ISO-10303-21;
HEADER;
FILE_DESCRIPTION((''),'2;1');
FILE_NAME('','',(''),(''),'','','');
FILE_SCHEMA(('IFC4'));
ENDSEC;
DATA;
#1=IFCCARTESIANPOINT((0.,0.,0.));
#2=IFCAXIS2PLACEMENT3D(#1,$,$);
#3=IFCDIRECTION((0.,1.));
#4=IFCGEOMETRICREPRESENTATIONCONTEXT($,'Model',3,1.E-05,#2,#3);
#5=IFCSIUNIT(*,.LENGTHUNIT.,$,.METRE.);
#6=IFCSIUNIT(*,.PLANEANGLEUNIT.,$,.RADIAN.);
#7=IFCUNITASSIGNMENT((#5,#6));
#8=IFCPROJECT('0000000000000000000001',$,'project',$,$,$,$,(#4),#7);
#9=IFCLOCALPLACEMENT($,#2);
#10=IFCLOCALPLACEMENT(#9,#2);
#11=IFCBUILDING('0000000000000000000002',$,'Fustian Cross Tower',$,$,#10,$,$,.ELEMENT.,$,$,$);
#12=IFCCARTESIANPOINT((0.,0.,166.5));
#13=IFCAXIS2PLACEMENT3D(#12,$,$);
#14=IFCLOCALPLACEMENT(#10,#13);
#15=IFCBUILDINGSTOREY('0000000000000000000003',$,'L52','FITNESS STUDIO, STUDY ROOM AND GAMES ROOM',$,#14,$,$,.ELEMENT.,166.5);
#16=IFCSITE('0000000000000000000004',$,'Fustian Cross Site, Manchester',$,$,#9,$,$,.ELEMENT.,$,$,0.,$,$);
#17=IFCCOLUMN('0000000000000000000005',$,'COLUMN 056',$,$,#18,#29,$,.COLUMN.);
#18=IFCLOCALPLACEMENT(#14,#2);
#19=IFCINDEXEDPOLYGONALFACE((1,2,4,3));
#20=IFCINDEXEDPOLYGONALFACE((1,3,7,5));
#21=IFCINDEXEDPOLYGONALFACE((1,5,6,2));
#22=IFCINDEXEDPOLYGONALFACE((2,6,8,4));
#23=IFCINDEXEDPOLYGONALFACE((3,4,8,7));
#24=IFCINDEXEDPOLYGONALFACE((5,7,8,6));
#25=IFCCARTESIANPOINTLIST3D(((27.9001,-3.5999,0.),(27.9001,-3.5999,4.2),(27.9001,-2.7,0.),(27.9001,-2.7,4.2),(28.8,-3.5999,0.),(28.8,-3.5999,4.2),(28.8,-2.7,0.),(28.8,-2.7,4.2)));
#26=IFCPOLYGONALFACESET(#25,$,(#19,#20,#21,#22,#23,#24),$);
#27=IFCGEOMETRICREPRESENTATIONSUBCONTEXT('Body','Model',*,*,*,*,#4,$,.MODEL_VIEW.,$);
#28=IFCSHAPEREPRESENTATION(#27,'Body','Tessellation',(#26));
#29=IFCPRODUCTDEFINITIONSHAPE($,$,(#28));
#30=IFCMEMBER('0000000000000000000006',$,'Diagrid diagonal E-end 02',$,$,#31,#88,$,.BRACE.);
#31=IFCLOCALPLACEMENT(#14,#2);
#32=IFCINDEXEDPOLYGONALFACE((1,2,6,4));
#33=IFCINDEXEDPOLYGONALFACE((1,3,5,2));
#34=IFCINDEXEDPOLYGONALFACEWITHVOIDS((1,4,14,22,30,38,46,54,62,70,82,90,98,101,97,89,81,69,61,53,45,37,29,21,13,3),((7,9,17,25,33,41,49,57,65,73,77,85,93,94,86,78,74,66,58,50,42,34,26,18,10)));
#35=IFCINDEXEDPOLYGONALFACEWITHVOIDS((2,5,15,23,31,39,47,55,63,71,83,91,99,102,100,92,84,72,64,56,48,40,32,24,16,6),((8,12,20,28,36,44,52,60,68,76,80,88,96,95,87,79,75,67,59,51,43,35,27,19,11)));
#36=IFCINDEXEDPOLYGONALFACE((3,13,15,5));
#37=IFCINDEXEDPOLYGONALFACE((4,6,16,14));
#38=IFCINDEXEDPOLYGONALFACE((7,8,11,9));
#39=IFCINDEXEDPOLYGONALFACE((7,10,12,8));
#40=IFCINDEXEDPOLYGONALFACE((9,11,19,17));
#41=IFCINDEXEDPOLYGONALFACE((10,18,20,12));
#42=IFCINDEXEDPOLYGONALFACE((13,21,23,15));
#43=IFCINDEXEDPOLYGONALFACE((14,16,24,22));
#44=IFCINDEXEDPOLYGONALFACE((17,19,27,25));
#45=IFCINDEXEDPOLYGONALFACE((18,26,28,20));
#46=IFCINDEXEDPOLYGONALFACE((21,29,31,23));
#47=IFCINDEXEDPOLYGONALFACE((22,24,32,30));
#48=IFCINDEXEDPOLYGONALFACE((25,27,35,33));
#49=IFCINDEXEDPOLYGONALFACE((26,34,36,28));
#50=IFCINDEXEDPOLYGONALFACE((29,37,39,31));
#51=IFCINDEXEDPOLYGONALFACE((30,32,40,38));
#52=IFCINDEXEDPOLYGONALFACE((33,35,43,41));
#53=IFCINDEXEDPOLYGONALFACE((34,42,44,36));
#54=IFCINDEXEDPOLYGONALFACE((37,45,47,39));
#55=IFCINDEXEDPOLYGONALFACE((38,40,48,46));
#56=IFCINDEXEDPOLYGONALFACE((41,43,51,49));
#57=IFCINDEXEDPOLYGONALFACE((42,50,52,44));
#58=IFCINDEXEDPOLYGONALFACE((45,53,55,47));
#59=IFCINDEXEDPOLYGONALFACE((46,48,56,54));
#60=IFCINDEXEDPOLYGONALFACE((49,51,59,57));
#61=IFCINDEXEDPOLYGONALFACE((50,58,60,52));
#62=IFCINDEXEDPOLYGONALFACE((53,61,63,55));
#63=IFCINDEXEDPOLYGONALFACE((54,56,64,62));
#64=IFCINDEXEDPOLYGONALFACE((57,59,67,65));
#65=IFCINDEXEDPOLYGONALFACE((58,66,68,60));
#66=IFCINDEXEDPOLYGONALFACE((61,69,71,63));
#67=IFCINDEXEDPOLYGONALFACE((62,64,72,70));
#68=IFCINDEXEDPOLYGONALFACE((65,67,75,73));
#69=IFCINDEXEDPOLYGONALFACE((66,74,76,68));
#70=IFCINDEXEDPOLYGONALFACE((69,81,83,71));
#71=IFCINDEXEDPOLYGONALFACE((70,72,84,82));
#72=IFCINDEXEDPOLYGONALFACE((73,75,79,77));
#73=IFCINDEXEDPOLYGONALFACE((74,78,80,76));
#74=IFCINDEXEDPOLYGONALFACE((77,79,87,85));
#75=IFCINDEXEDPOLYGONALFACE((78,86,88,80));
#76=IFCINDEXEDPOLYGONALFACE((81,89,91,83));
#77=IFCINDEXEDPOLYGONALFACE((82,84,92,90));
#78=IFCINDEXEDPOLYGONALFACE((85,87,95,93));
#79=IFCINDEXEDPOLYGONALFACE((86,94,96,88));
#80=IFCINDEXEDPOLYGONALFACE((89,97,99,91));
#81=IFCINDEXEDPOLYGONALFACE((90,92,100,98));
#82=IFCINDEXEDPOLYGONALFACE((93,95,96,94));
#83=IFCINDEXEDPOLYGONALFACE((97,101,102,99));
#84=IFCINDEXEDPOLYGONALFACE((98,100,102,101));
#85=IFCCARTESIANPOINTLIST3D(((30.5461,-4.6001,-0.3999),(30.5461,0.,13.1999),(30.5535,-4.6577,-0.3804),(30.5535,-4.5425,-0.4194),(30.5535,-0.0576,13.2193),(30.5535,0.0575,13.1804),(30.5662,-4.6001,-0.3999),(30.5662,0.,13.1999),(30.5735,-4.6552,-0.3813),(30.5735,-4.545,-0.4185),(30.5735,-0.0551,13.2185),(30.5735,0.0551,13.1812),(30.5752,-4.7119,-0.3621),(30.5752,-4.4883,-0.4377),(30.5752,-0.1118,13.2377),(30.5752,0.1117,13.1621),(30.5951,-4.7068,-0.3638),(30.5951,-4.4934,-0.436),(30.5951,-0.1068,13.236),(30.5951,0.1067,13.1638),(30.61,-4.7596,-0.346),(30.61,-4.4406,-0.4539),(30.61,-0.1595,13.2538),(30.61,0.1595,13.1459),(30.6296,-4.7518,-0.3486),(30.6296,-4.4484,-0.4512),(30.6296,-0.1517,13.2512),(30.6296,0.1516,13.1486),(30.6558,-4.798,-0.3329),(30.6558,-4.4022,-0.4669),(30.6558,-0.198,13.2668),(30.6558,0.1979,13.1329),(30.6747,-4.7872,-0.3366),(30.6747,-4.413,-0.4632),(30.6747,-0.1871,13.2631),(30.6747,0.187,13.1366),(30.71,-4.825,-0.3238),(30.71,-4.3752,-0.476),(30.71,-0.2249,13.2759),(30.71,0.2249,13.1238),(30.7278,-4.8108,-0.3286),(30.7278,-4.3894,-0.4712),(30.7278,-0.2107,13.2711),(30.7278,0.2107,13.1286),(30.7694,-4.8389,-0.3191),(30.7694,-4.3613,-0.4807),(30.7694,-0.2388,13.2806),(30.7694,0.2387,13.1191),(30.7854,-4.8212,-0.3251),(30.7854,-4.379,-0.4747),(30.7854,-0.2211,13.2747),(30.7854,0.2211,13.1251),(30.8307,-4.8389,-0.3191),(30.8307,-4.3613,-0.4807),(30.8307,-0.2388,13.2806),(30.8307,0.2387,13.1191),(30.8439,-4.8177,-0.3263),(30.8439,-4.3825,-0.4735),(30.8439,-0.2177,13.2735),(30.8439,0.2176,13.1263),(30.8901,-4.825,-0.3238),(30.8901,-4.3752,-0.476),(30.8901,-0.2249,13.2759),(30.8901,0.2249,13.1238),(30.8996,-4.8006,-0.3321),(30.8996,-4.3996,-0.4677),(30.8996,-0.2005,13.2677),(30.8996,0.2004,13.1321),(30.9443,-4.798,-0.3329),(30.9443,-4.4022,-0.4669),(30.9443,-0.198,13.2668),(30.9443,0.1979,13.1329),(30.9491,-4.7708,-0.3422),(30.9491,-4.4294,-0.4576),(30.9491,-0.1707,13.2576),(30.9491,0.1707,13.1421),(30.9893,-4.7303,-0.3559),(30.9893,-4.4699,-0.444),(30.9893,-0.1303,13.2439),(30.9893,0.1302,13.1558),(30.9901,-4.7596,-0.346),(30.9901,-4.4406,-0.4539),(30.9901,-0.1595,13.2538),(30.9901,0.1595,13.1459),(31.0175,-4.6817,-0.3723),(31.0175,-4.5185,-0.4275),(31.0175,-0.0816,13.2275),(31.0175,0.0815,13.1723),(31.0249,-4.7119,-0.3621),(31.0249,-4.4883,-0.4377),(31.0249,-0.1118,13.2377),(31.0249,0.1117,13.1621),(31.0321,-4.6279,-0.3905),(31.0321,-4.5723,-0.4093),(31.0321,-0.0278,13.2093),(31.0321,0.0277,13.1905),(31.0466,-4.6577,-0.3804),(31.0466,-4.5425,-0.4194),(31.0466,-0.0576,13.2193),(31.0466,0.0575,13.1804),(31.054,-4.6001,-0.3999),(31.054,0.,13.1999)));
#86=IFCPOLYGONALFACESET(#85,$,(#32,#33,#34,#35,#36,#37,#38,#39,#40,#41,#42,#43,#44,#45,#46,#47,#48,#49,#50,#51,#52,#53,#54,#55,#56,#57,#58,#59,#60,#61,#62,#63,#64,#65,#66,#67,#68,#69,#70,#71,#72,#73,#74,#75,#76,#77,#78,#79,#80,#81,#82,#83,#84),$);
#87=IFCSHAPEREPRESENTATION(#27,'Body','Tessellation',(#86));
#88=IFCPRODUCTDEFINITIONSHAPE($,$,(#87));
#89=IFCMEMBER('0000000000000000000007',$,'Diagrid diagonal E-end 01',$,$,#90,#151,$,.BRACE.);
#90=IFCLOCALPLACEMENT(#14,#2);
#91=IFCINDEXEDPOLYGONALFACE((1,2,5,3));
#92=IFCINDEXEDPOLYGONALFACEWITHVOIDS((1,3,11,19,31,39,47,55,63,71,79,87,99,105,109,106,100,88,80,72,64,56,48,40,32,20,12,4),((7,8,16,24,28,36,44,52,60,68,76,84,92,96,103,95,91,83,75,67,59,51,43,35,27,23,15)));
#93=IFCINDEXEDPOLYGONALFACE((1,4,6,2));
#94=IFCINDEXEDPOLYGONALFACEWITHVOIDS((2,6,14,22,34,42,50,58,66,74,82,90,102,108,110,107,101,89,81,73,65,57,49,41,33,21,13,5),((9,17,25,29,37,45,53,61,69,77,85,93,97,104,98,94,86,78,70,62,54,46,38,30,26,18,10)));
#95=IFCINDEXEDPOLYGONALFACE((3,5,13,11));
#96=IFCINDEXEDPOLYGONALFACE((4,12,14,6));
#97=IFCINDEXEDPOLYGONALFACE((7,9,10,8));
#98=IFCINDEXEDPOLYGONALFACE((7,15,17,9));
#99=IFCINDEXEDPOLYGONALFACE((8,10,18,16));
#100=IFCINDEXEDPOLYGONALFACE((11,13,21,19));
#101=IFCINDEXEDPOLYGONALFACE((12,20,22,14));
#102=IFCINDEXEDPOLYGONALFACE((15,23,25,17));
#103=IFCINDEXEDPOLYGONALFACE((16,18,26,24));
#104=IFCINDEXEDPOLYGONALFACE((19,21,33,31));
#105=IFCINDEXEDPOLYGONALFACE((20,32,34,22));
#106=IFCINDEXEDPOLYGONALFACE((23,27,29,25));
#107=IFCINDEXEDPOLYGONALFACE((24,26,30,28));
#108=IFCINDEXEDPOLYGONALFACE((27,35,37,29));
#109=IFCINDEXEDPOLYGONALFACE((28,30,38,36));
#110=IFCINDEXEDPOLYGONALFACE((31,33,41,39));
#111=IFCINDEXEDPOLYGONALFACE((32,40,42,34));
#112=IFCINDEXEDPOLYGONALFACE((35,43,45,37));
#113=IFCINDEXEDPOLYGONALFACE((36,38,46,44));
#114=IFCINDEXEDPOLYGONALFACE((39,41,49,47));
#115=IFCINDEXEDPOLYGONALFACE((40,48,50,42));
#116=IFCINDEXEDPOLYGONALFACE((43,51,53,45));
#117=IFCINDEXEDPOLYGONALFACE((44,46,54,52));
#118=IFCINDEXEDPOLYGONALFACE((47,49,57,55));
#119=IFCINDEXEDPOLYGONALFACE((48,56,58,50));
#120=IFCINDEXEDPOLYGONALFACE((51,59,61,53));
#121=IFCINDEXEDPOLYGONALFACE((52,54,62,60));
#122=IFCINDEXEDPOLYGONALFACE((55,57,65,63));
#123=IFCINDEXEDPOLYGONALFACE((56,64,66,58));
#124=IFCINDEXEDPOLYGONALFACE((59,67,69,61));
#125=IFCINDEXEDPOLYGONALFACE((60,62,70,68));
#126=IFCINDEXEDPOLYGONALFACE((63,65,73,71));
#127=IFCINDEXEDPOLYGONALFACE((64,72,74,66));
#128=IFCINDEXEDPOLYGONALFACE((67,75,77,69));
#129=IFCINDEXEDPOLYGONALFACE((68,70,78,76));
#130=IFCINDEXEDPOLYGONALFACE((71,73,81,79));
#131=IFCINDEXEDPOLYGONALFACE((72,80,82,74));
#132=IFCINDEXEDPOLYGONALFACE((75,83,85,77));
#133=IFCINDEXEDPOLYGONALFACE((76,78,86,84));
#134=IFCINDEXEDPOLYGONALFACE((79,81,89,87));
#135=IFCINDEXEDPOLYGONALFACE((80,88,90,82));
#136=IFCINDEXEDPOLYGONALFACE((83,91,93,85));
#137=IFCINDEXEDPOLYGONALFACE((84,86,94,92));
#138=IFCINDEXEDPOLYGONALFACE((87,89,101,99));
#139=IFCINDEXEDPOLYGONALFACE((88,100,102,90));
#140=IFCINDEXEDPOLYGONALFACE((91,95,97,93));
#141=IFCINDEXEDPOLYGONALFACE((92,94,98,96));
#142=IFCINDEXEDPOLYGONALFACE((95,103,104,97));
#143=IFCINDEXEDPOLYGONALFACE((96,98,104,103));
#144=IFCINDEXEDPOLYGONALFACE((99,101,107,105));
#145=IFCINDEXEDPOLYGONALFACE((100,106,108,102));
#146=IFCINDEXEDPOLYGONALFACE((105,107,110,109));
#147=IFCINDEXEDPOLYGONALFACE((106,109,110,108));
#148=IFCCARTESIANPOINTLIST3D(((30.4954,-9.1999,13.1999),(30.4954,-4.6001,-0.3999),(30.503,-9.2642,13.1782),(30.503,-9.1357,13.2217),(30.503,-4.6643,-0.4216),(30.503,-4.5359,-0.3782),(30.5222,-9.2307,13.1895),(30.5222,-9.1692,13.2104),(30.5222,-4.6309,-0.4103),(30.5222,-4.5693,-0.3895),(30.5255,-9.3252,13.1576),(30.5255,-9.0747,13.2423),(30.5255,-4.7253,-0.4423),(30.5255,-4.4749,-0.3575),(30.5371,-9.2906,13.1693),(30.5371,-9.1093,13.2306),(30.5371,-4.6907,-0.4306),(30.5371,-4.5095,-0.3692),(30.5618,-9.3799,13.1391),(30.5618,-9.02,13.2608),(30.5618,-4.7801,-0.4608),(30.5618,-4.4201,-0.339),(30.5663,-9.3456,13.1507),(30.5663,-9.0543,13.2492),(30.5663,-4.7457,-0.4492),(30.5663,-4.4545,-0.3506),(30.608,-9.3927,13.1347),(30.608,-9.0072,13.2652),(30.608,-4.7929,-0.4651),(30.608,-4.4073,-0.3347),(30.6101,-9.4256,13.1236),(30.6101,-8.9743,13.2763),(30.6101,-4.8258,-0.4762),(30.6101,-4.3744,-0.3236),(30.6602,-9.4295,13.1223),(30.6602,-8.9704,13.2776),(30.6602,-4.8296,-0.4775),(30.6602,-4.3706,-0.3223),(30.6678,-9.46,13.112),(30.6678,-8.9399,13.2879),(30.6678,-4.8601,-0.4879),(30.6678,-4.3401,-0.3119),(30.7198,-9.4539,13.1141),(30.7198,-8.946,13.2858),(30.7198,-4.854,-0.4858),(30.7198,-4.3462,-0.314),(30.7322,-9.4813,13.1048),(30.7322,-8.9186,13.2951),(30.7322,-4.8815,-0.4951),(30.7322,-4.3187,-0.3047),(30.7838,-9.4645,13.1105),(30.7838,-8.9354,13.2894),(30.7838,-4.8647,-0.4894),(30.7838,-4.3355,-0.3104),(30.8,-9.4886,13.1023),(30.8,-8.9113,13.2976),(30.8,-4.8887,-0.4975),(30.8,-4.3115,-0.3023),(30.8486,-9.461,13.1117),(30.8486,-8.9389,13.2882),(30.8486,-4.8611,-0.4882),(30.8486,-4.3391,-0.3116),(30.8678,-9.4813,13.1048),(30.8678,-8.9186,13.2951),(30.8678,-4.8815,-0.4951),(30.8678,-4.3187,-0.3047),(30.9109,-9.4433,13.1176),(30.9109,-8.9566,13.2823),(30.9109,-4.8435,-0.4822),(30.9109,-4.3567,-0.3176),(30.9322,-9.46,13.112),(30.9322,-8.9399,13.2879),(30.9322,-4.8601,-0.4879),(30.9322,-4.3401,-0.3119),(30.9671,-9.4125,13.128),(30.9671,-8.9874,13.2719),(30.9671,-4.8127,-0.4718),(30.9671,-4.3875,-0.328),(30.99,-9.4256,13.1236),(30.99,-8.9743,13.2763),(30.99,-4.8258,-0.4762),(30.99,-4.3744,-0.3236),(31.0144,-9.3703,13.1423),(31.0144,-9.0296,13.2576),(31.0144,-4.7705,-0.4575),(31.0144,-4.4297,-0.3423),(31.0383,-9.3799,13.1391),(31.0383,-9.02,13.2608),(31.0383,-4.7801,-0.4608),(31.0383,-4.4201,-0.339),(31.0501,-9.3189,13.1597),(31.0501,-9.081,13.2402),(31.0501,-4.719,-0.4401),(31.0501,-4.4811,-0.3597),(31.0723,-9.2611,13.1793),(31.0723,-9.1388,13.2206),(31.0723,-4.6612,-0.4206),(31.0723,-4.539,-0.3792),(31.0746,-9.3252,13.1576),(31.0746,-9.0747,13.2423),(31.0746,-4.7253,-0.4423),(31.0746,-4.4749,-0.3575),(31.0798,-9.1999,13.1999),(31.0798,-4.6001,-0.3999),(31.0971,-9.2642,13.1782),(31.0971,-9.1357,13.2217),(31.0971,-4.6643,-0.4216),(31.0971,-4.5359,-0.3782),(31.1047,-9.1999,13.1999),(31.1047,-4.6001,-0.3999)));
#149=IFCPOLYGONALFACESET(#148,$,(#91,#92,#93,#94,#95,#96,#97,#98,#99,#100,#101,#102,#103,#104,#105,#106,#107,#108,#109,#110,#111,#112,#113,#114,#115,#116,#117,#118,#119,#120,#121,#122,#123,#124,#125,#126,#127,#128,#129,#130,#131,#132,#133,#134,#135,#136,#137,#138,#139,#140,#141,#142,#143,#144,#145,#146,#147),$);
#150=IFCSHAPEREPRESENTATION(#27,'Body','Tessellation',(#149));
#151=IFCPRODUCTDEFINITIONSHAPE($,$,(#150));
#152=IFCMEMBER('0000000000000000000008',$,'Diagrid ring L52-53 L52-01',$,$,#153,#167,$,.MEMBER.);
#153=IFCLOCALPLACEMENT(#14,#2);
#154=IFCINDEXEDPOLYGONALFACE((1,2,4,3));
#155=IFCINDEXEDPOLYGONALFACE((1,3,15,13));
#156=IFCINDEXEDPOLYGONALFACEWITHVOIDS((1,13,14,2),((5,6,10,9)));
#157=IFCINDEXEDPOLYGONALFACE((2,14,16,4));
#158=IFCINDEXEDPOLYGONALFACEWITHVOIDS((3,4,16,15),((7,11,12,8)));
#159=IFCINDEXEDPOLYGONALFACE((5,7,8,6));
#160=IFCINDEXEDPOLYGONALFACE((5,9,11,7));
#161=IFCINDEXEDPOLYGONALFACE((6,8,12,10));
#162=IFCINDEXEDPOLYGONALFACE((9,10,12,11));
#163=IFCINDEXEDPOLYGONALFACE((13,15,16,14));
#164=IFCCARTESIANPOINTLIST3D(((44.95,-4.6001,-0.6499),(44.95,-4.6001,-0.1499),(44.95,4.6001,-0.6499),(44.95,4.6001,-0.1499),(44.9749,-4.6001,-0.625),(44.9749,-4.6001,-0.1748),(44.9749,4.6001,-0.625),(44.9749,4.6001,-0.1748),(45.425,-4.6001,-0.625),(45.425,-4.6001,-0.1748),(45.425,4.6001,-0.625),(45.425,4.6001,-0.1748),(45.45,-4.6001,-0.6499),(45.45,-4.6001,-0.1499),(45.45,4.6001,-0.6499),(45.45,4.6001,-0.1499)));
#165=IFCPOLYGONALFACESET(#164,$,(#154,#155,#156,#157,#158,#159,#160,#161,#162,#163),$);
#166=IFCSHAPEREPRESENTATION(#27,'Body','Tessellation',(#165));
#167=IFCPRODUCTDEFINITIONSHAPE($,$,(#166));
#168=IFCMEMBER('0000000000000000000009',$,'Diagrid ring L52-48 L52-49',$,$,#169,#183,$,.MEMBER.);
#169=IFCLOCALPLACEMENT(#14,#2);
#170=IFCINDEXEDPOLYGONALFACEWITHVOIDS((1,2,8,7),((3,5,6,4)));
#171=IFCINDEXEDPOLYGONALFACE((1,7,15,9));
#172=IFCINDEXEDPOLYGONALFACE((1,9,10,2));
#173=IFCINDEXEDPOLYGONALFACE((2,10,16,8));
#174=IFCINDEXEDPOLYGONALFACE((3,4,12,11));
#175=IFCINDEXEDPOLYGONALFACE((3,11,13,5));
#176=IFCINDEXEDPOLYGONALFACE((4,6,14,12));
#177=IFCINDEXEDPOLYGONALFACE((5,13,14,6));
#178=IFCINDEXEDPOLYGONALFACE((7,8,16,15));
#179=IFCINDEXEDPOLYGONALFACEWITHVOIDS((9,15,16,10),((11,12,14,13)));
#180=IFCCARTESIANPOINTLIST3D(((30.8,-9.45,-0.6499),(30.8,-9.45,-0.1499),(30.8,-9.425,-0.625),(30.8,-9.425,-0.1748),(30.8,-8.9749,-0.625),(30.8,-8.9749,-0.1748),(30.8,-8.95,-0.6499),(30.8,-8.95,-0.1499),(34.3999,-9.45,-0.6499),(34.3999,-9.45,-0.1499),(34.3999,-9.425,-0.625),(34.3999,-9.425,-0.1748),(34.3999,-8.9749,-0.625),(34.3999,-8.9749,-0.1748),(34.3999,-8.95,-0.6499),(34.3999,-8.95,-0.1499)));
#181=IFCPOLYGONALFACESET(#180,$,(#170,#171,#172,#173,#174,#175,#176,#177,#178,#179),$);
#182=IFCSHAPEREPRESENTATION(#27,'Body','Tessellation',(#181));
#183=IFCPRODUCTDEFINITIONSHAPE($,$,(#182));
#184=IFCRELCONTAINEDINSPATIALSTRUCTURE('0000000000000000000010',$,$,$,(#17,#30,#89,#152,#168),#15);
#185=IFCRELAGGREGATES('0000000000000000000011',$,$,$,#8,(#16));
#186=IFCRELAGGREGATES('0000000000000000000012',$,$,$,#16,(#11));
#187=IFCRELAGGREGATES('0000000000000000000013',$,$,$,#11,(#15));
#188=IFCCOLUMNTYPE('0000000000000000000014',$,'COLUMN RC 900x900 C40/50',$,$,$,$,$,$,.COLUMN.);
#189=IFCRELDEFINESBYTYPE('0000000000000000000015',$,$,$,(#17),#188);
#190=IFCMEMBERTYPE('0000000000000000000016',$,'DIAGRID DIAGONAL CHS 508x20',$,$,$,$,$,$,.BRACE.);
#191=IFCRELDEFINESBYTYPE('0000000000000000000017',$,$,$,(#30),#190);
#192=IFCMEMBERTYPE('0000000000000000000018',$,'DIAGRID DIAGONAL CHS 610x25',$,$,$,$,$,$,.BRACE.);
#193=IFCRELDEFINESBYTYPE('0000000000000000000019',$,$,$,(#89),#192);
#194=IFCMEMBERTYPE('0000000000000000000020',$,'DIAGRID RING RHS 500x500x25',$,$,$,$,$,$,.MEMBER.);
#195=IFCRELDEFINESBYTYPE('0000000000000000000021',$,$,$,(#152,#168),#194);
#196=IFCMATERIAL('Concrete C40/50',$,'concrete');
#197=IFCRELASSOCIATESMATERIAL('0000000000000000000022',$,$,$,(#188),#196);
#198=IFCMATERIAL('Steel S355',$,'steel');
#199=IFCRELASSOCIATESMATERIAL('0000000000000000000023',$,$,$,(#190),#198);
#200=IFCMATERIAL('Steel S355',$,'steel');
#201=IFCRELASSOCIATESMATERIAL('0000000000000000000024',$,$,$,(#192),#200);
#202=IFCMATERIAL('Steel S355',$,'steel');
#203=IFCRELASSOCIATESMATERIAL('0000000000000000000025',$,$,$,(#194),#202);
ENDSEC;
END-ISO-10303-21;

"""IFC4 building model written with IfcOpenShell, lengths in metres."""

from ifc_helpers import new_model, si_unit, direction, frame, origin, origin_2d, place, context, subcontext, project, spatial, rectangle, hollow_rectangle, hollow_circle, extrude, material, material_profile, profile_set, type_object, element, save


model = new_model("IFC4")

# Units and contexts
model_context = context("Model", 3, precision=1e-05, world=origin(), true_north=direction((0.0, 1.0)))
body_context = subcontext(model_context, "Body", "Model", "MODEL_VIEW")
ifc_project = project(units=[si_unit("LENGTHUNIT", "METRE"), si_unit("PLANEANGLEUNIT", "RADIAN")], contexts=[model_context])

# Site, building, storey
site_placement = place(None, origin())
site = spatial("IfcSite", under=ifc_project, at=site_placement, Name="Fustian Cross Site, Manchester", CompositionType="ELEMENT", RefElevation=0.0)
building_placement = place(site_placement, origin())
building = spatial("IfcBuilding", under=site, at=building_placement, Name="Fustian Cross Tower", CompositionType="ELEMENT")
storey_placement = place(building_placement, frame((0.0, 0.0, 166.5)))
storey = spatial("IfcBuildingStorey", under=building, at=storey_placement, Name="L52", Description="FITNESS STUDIO, STUDY ROOM AND GAMES ROOM", CompositionType="ELEMENT", Elevation=166.5)

# Column
ifc_material_1 = material(Name="Concrete C40/50", Category="concrete")
ifc_material_profile_1 = material_profile(ifc_material_1, rectangle(XDim=0.8999, YDim=0.8999, at=origin_2d()), Name="RC 900x900")
ifc_profile_set_1 = profile_set([ifc_material_profile_1], Name="Concrete C40/50")
column_type = type_object("IfcColumnType", Name="COLUMN RC 900x900 C40/50", PredefinedType="COLUMN", material=ifc_profile_set_1)
column_placement = place(storey_placement, frame((28.3501, -3.1499, 0.0), z_axis=(0.0, 0.0, 1.0), x_axis=(1.0, 0.0, 0.0)))
element("IfcColumn", 1, at=column_placement, inside=storey, type_object=column_type, Name="COLUMN 056", PredefinedType="COLUMN", context=body_context, shape_type="SweptSolid", body=[
    extrude(rectangle(XDim=0.8999, YDim=0.8999, at=origin_2d()), origin(), (0.0, 0.0, 1.0), 4.2),
])

# Members
ifc_material_2 = material(Name="Steel S355", Category="steel")
ifc_material_profile_2 = material_profile(ifc_material_2, hollow_circle(Radius=0.2539, WallThickness=0.02, at=origin_2d()), Name="CHS 508x20")
ifc_profile_set_2 = profile_set([ifc_material_profile_2], Name="Steel S355")
member_type_1 = type_object("IfcMemberType", Name="DIAGRID DIAGONAL CHS 508x20", PredefinedType="BRACE", material=ifc_profile_set_2)
member_1_placement = place(storey_placement, frame((30.8, -4.6001, -0.3999), z_axis=(0.0, 0.320413, 0.947278), x_axis=(-1.0, 0.0, 0.0)))
element("IfcMember", 2, at=member_1_placement, inside=storey, type_object=member_type_1, Name="Diagrid diagonal E-end 02", PredefinedType="BRACE", context=body_context, shape_type="SweptSolid", body=[
    extrude(hollow_circle(Radius=0.2539, WallThickness=0.02, at=origin_2d()), origin(), (0.0, 0.0, 1.0), 14.3567),
])
ifc_material_3 = material(Name="Steel S355", Category="steel")
ifc_material_profile_3 = material_profile(ifc_material_3, hollow_circle(Radius=0.3047, WallThickness=0.0249, at=origin_2d()), Name="CHS 610x25")
ifc_profile_set_3 = profile_set([ifc_material_profile_3], Name="Steel S355")
member_type_2 = type_object("IfcMemberType", Name="DIAGRID DIAGONAL CHS 610x25", PredefinedType="BRACE", material=ifc_profile_set_3)
member_2_placement = place(storey_placement, frame((30.8, -4.6001, -0.3999), z_axis=(0.0, -0.320398, 0.947283), x_axis=(1.0, 0.0, 0.0)))
element("IfcMember", 3, at=member_2_placement, inside=storey, type_object=member_type_2, Name="Diagrid diagonal E-end 01", PredefinedType="BRACE", context=body_context, shape_type="SweptSolid", body=[
    extrude(hollow_circle(Radius=0.3047, WallThickness=0.0249, at=origin_2d()), origin(), (0.0, 0.0, 1.0), 14.3567),
])
ifc_material_4 = material(Name="Steel S355", Category="steel")
ifc_material_profile_4 = material_profile(ifc_material_4, hollow_rectangle(XDim=0.5, YDim=0.5, WallThickness=0.0249, at=origin_2d()), Name="RHS 500x500x25")
ifc_profile_set_4 = profile_set([ifc_material_profile_4], Name="Steel S355")
member_type_3 = type_object("IfcMemberType", Name="DIAGRID RING RHS 500x500x25", PredefinedType="MEMBER", material=ifc_profile_set_4)
member_3_placement = place(storey_placement, frame((45.2, -4.6001, -0.3999), z_axis=(0.0, 1.0, 0.0), x_axis=(-1.0, 0.0, 0.0)))
element("IfcMember", 4, at=member_3_placement, inside=storey, type_object=member_type_3, Name="Diagrid ring L52-53 L52-01", PredefinedType="MEMBER", context=body_context, shape_type="SweptSolid", body=[
    extrude(hollow_rectangle(XDim=0.5, YDim=0.5, WallThickness=0.0249, at=origin_2d()), origin(), (0.0, 0.0, 1.0), 9.2002),
])
member_4_placement = place(storey_placement, frame((30.8, -9.2, -0.3999), z_axis=(1.0, 0.0, 0.0), x_axis=(0.0, 1.0, 0.0)))
element("IfcMember", 5, at=member_4_placement, inside=storey, type_object=member_type_3, Name="Diagrid ring L52-48 L52-49", PredefinedType="MEMBER", context=body_context, shape_type="SweptSolid", body=[
    extrude(hollow_rectangle(XDim=0.5, YDim=0.5, WallThickness=0.0249, at=origin_2d()), origin(), (0.0, 0.0, 1.0), 3.5999),
])

save(model, "model.ifc")
